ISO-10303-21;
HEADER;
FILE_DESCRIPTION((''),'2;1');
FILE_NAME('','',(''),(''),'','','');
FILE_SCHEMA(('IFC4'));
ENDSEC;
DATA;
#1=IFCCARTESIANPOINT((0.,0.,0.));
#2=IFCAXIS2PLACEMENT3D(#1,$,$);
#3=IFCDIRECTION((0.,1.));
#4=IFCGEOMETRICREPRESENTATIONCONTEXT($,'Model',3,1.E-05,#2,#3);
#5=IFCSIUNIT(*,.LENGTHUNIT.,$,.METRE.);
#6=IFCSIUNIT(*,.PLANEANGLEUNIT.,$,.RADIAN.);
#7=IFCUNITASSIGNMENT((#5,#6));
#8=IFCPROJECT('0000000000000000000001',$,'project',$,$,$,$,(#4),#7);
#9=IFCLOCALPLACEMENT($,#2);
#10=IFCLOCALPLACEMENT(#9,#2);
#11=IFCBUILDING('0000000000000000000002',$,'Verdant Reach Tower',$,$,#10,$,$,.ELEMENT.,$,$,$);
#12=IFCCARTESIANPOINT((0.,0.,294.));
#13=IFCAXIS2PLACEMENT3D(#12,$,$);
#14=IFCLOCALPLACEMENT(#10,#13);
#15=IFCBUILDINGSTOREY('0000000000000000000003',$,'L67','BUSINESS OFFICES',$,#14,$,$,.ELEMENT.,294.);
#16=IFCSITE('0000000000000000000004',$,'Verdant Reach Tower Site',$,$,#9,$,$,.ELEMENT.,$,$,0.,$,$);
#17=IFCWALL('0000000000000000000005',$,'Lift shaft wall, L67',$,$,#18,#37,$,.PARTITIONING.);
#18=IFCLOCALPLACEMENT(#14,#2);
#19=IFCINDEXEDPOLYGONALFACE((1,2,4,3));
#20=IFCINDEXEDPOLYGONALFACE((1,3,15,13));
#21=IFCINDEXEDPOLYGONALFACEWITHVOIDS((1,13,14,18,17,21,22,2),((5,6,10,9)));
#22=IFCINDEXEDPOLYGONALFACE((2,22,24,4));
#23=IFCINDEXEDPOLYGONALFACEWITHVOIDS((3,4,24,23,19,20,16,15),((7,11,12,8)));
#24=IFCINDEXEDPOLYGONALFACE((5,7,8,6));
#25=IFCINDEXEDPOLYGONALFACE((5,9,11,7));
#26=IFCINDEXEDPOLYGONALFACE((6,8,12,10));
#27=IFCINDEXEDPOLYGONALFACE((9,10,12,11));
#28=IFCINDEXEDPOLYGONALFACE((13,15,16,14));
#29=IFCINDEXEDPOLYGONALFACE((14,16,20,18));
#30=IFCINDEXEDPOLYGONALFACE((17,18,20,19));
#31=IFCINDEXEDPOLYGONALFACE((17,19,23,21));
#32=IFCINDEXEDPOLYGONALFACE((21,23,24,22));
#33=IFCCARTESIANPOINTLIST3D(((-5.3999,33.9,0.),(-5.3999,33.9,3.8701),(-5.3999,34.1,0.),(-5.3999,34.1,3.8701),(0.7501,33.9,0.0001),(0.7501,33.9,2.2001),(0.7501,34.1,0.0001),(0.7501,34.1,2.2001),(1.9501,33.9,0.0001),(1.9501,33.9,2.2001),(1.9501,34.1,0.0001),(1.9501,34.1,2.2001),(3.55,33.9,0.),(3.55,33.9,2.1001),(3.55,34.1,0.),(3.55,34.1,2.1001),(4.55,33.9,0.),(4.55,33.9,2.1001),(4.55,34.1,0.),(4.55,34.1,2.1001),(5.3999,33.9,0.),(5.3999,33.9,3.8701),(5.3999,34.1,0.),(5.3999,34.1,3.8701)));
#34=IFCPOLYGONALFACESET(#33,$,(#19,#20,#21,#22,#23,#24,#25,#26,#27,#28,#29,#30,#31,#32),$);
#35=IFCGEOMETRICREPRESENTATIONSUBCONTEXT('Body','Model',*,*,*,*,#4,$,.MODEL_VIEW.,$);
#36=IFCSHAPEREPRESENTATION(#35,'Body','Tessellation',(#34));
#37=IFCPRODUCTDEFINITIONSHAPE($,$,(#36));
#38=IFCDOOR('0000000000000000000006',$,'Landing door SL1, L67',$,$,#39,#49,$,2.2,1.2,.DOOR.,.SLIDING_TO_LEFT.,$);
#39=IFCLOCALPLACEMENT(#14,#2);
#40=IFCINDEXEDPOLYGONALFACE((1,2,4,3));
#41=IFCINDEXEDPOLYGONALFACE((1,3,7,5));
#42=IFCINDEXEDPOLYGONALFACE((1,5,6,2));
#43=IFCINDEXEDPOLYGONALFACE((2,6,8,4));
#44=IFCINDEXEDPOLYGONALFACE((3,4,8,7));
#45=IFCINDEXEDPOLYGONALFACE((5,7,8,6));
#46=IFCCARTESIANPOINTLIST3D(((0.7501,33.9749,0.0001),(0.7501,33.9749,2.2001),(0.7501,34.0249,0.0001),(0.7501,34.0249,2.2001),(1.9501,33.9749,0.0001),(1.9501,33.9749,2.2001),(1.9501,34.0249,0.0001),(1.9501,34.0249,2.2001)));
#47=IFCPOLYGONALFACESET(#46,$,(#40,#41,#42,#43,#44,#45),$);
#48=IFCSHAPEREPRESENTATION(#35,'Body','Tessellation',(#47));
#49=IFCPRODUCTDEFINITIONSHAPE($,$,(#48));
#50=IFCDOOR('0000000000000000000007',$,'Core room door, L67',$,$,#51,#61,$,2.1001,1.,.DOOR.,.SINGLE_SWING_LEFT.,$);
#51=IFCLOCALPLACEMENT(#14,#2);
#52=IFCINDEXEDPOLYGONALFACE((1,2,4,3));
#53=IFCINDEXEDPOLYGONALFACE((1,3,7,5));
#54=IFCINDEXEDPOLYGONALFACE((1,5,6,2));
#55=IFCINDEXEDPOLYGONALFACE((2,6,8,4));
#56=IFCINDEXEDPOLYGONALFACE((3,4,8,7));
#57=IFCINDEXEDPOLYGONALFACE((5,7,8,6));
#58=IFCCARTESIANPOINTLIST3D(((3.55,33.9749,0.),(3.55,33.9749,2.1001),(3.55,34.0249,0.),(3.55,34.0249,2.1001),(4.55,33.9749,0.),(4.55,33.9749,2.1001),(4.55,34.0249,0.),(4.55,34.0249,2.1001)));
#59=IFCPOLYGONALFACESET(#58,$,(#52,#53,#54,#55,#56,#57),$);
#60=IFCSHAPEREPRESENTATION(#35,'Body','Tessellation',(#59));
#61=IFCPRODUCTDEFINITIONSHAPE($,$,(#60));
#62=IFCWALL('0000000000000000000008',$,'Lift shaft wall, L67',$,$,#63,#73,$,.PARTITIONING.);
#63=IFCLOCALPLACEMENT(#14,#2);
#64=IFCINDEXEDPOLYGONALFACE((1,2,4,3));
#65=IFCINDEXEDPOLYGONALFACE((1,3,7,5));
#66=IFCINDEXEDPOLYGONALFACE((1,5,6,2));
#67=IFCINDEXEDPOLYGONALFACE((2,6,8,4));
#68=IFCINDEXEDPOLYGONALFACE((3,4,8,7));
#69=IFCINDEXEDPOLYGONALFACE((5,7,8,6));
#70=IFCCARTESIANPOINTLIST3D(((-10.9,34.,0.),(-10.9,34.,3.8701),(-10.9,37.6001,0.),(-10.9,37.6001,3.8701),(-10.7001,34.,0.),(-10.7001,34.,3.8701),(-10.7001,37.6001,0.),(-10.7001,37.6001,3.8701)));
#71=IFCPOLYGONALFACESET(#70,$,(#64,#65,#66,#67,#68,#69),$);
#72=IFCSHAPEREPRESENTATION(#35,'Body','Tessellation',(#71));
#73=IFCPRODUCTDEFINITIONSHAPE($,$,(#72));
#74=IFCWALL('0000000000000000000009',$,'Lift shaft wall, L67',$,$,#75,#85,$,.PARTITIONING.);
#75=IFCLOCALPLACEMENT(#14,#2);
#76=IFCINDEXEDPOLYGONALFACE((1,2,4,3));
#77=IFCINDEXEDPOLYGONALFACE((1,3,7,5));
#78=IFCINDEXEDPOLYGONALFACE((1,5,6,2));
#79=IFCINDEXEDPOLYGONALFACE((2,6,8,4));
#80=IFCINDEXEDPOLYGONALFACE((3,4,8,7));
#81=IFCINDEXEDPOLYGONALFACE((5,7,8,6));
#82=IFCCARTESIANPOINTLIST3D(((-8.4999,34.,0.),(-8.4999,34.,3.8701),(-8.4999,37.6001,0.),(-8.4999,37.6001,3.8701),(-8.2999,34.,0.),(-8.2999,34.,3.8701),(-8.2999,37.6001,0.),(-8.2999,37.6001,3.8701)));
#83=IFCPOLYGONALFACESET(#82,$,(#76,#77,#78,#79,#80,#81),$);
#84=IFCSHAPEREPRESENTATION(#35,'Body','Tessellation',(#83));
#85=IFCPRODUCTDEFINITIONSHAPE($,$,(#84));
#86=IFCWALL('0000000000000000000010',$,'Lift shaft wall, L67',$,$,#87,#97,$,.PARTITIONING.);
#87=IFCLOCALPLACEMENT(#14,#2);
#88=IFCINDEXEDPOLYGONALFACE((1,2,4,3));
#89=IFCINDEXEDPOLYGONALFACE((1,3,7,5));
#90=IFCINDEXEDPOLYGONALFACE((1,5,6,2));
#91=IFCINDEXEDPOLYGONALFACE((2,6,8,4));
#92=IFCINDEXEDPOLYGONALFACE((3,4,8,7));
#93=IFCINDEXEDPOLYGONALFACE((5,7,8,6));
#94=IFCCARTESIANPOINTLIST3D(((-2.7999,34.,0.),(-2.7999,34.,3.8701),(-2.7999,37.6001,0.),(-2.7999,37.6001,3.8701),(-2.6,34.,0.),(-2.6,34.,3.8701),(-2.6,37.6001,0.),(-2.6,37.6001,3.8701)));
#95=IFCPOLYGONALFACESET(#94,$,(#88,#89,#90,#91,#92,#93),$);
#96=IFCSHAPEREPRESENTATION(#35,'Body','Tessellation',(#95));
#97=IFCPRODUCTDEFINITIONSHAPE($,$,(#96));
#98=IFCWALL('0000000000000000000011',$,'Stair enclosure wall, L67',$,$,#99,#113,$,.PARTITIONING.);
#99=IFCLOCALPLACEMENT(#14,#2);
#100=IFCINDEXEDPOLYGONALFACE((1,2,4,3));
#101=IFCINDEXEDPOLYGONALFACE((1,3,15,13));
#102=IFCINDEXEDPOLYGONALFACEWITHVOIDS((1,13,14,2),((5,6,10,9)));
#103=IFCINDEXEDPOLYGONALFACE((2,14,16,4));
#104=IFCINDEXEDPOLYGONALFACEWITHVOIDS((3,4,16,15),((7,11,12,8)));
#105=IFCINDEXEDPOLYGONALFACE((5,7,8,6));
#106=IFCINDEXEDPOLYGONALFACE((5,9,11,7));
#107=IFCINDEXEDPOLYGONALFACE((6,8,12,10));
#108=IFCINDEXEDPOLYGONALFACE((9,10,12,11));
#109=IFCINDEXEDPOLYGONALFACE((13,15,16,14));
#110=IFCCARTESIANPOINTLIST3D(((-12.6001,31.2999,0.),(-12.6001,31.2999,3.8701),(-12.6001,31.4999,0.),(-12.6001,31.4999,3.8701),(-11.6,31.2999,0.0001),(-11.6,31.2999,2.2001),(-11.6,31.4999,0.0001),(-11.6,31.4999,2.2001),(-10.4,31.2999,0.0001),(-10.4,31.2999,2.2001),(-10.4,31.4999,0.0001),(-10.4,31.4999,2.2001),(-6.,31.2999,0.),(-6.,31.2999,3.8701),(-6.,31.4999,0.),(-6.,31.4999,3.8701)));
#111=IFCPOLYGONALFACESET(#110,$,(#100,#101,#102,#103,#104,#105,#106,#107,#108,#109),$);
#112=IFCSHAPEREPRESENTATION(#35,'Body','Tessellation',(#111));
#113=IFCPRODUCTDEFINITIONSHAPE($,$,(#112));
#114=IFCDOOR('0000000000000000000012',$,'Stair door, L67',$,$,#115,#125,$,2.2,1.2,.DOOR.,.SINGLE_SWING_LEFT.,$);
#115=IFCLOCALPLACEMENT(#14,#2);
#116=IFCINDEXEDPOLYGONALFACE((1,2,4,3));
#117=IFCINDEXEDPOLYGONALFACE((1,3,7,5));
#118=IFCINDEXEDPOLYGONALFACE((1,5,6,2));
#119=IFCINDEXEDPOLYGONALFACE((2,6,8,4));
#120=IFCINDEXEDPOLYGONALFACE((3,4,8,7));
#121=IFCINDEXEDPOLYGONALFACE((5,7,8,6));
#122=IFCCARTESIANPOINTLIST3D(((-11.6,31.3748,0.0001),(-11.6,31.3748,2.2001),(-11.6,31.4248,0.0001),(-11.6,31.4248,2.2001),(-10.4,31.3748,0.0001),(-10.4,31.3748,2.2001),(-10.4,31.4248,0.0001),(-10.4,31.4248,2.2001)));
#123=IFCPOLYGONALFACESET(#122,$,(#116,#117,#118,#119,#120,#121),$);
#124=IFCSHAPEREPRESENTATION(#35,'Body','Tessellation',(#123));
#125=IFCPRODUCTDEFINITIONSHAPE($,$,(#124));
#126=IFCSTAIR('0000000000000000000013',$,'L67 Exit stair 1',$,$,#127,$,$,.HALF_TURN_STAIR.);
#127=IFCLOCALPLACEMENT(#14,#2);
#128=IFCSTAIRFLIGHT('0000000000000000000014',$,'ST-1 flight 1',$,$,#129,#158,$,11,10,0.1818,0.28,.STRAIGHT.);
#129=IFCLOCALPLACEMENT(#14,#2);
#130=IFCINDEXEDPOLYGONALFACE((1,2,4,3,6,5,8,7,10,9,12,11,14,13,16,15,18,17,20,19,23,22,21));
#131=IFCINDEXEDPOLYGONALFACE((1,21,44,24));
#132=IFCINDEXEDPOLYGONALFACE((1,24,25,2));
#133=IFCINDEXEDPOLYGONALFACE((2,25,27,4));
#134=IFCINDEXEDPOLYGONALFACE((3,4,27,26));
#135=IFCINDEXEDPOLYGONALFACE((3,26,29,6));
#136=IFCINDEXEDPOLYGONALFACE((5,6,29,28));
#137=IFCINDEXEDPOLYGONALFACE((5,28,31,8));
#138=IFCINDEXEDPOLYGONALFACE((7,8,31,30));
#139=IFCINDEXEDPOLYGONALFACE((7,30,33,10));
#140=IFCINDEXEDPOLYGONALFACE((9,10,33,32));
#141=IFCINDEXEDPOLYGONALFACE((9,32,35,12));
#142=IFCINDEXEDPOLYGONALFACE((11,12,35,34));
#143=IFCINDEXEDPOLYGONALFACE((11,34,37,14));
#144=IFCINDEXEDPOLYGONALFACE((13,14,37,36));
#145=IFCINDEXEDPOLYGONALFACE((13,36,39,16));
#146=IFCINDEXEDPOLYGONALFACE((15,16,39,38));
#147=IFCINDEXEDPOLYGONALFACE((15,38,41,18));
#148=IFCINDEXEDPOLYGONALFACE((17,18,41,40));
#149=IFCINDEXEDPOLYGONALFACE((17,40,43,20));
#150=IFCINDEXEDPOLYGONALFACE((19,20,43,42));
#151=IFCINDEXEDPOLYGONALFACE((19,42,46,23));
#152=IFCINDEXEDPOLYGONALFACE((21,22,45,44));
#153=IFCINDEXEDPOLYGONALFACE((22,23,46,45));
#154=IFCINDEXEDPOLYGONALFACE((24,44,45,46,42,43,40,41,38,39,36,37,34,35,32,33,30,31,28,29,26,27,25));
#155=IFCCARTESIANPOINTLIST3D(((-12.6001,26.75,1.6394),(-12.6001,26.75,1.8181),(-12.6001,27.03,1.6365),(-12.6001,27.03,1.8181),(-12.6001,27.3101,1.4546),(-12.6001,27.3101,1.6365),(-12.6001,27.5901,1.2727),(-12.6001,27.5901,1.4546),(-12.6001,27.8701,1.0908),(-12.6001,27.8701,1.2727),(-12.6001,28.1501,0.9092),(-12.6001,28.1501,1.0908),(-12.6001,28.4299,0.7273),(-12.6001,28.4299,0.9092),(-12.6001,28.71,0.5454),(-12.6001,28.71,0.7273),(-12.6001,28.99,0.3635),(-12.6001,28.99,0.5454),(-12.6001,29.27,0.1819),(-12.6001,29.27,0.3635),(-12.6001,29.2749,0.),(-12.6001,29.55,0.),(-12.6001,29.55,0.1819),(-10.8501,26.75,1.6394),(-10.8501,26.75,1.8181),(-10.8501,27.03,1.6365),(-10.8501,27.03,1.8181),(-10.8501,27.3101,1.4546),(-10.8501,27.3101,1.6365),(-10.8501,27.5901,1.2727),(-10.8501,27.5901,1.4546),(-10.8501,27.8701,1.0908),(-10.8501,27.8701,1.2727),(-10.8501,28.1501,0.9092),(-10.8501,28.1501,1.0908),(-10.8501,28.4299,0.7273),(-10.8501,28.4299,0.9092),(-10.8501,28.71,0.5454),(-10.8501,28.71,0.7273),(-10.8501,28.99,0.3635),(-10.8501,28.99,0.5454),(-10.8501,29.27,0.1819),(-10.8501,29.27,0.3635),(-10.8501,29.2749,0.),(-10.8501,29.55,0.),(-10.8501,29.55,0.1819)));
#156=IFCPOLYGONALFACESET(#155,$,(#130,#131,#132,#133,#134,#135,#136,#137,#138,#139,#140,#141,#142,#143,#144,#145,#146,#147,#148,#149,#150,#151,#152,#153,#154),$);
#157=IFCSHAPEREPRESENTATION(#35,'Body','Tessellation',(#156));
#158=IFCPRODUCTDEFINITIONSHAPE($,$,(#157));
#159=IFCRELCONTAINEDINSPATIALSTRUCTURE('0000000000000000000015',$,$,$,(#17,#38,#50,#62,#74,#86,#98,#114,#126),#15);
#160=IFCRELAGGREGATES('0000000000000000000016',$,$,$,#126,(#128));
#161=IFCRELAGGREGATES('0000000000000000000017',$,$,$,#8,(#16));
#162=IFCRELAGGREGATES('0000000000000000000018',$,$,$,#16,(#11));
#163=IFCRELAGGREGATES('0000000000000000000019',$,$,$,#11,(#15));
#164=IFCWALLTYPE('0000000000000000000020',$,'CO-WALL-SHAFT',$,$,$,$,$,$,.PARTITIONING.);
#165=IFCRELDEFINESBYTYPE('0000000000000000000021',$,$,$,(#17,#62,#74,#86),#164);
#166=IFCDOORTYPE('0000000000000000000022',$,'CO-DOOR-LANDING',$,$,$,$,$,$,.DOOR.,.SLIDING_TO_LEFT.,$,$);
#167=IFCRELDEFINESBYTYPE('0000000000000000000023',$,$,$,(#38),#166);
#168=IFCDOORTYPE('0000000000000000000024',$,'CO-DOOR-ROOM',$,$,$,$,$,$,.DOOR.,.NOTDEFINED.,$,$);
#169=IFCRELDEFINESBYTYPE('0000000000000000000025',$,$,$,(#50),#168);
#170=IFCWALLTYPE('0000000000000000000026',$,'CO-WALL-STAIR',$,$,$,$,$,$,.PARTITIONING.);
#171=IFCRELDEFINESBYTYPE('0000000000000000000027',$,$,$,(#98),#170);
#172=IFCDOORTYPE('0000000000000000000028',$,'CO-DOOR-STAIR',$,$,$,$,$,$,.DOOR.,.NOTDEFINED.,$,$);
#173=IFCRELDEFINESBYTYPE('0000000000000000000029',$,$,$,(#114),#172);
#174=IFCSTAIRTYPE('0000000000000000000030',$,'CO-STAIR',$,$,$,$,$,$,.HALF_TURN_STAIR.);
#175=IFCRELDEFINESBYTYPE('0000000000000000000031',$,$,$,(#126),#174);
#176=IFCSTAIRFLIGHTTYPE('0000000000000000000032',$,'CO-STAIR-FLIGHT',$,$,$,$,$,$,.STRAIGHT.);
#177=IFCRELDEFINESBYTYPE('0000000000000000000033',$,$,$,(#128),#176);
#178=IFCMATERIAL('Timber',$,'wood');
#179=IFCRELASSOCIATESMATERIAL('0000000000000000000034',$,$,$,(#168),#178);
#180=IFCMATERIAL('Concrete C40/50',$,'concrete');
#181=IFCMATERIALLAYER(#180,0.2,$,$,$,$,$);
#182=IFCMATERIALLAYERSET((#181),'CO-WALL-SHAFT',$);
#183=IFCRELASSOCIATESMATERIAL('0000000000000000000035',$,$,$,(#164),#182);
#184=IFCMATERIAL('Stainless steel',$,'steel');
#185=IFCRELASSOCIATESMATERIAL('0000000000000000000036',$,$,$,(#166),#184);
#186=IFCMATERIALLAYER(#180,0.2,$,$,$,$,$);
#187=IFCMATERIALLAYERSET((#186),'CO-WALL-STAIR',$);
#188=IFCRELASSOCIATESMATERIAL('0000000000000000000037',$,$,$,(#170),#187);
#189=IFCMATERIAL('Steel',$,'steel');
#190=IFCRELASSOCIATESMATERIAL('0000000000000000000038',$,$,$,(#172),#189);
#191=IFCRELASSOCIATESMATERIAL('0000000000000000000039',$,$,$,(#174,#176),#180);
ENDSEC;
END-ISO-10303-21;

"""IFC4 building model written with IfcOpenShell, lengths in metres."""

from ifc_helpers import new_model, si_unit, direction, frame, frame_2d, origin, place, context, subcontext, project, spatial, polyline, rectangle, outline, extrude, material, layer, layer_set, type_object, element, fill, aggregate, save


model = new_model("IFC4")

# Units and contexts
model_context = context("Model", 3, precision=1e-05, world=origin(), true_north=direction((0.0, 1.0)))
body_context = subcontext(model_context, "Body", "Model", "MODEL_VIEW")
ifc_project = project(units=[si_unit("LENGTHUNIT", "METRE"), si_unit("PLANEANGLEUNIT", "RADIAN")], contexts=[model_context])

# Site, building, storey
site_placement = place(None, origin())
site = spatial("IfcSite", under=ifc_project, at=site_placement, Name="Verdant Reach Tower Site", CompositionType="ELEMENT", RefElevation=0.0)
building_placement = place(site_placement, origin())
building = spatial("IfcBuilding", under=site, at=building_placement, Name="Verdant Reach Tower", CompositionType="ELEMENT")
storey_placement = place(building_placement, frame((0.0, 0.0, 294.0)))
storey = spatial("IfcBuildingStorey", under=building, at=storey_placement, Name="L67", Description="BUSINESS OFFICES", CompositionType="ELEMENT", Elevation=294.0)

# Wall, openings, doors
ifc_material_1 = material(Name="Timber", Category="wood")
door_type_1 = type_object("IfcDoorType", Name="CO-DOOR-ROOM", OperationType="NOTDEFINED", PredefinedType="DOOR", material=ifc_material_1)
ifc_material_2 = material(Name="Concrete C40/50", Category="concrete")
ifc_layer_1 = layer(ifc_material_2, 0.2)
ifc_layer_set_1 = layer_set([ifc_layer_1], Name="CO-WALL-SHAFT")
wall_type_1 = type_object("IfcWallType", Name="CO-WALL-SHAFT", PredefinedType="PARTITIONING", material=ifc_layer_set_1)
ifc_material_3 = material(Name="Stainless steel", Category="steel")
ifc_material_4 = material(Name="Steel", Category="steel")
wall_1_placement = place(storey_placement, frame((-5.3999, 34.0, 0.0), z_axis=(0.0, 0.0, 1.0), x_axis=(1.0, 0.0, 0.0)))
wall_1 = element("IfcWall", 1, at=wall_1_placement, inside=storey, type_object=wall_type_1, Name="Lift shaft wall, L67", PredefinedType="PARTITIONING", context=body_context, shape_type="SweptSolid", body=[
    extrude(rectangle(XDim=10.7998, YDim=0.2, at=frame_2d((5.3999, 0.0))), origin(), (0.0, 0.0, 1.0), 3.8701),
])
opening_1_placement = place(wall_1_placement, frame((6.1499, 0.0, 0.0)))
opening_1 = element("IfcOpeningElement", 2, at=opening_1_placement, cuts=wall_1, PredefinedType="OPENING", context=body_context, shape_type="SweptSolid", body=[
    extrude(rectangle(XDim=1.2, YDim=2.2, at=frame_2d((0.6001, 1.1001))), frame((0.0, 0.1099, 0.0), z_axis=(0.0, -1.0, 0.0), x_axis=(1.0, 0.0, 0.0)), (0.0, 0.0, 1.0), 0.22),
])
opening_2_placement = place(wall_1_placement, frame((8.95, 0.0, 0.0)))
opening_2 = element("IfcOpeningElement", 3, at=opening_2_placement, cuts=wall_1, PredefinedType="OPENING", context=body_context, shape_type="SweptSolid", body=[
    extrude(rectangle(XDim=1.0, YDim=2.1001, at=frame_2d((0.5, 1.05))), frame((0.0, 0.1099, 0.0), z_axis=(0.0, -1.0, 0.0), x_axis=(1.0, 0.0, 0.0)), (0.0, 0.0, 1.0), 0.22),
])
door_type_2 = type_object("IfcDoorType", Name="CO-DOOR-LANDING", OperationType="SLIDING_TO_LEFT", PredefinedType="DOOR", material=ifc_material_3)
door_1_placement = place(opening_1_placement, origin())
door_1 = element("IfcDoor", 4, at=door_1_placement, inside=storey, type_object=door_type_2, Name="Landing door SL1, L67", OperationType="SLIDING_TO_LEFT", OverallHeight=2.2, OverallWidth=1.2, PredefinedType="DOOR", context=body_context, shape_type="SweptSolid", body=[
    extrude(rectangle(XDim=1.2, YDim=2.2, at=frame_2d((0.6001, 1.1001))), frame((0.0, 0.0249, 0.0), z_axis=(0.0, -1.0, 0.0), x_axis=(1.0, 0.0, 0.0)), (0.0, 0.0, 1.0), 0.05),
])
fill(opening_1, door_1)
door_2_placement = place(opening_2_placement, origin())
door_2 = element("IfcDoor", 5, at=door_2_placement, inside=storey, type_object=door_type_1, Name="Core room door, L67", OperationType="SINGLE_SWING_LEFT", OverallHeight=2.1001, OverallWidth=1.0, PredefinedType="DOOR", context=body_context, shape_type="SweptSolid", body=[
    extrude(rectangle(XDim=1.0, YDim=2.1001, at=frame_2d((0.5, 1.05))), frame((0.0, 0.0249, 0.0), z_axis=(0.0, -1.0, 0.0), x_axis=(1.0, 0.0, 0.0)), (0.0, 0.0, 1.0), 0.05),
])
fill(opening_2, door_2)

# Walls
for number, where, z_axis, x_axis, name in (
    (6, (-10.8, 34.0, 0.0), (0.0, 0.0, 1.0), (0.0, 1.0, 0.0), "Lift shaft wall, L67"),
    (7, (-8.3999, 34.0, 0.0), (0.0, 0.0, 1.0), (0.0, 1.0, 0.0), "Lift shaft wall, L67"),
    (8, (-2.7, 34.0, 0.0), (0.0, 0.0, 1.0), (0.0, 1.0, 0.0), "Lift shaft wall, L67"),
):
    element("IfcWall", number, at=place(storey_placement, frame(where, z_axis=z_axis, x_axis=x_axis)), inside=storey, type_object=wall_type_1, Name=name, PredefinedType="PARTITIONING", context=body_context, shape_type="SweptSolid", body=[
        extrude(rectangle(XDim=3.6001, YDim=0.2, at=frame_2d((1.8, 0.0))), origin(), (0.0, 0.0, 1.0), 3.8701),
    ])

# Wall, opening, door
ifc_layer_2 = layer(ifc_material_2, 0.2)
ifc_layer_set_2 = layer_set([ifc_layer_2], Name="CO-WALL-STAIR")
wall_type_2 = type_object("IfcWallType", Name="CO-WALL-STAIR", PredefinedType="PARTITIONING", material=ifc_layer_set_2)
wall_2_placement = place(storey_placement, frame((-12.6001, 31.3999, 0.0), z_axis=(0.0, 0.0, 1.0), x_axis=(1.0, 0.0, 0.0)))
wall_2 = element("IfcWall", 9, at=wall_2_placement, inside=storey, type_object=wall_type_2, Name="Stair enclosure wall, L67", PredefinedType="PARTITIONING", context=body_context, shape_type="SweptSolid", body=[
    extrude(rectangle(XDim=6.6001, YDim=0.2, at=frame_2d((3.3, 0.0))), origin(), (0.0, 0.0, 1.0), 3.8701),
])
opening_3_placement = place(wall_2_placement, frame((1.0, 0.0, 0.0)))
opening_3 = element("IfcOpeningElement", 10, at=opening_3_placement, cuts=wall_2, PredefinedType="OPENING", context=body_context, shape_type="SweptSolid", body=[
    extrude(rectangle(XDim=1.2, YDim=2.2, at=frame_2d((0.6001, 1.1001))), frame((0.0, 0.1099, 0.0), z_axis=(0.0, -1.0, 0.0), x_axis=(1.0, 0.0, 0.0)), (0.0, 0.0, 1.0), 0.22),
])
door_type_3 = type_object("IfcDoorType", Name="CO-DOOR-STAIR", OperationType="NOTDEFINED", PredefinedType="DOOR", material=ifc_material_4)
door_3_placement = place(opening_3_placement, origin())
door_3 = element("IfcDoor", 11, at=door_3_placement, inside=storey, type_object=door_type_3, Name="Stair door, L67", OperationType="SINGLE_SWING_LEFT", OverallHeight=2.2, OverallWidth=1.2, PredefinedType="DOOR", context=body_context, shape_type="SweptSolid", body=[
    extrude(rectangle(XDim=1.2, YDim=2.2, at=frame_2d((0.6001, 1.1001))), frame((0.0, 0.0249, 0.0), z_axis=(0.0, -1.0, 0.0), x_axis=(1.0, 0.0, 0.0)), (0.0, 0.0, 1.0), 0.05),
])
fill(opening_3, door_3)

# Stair, stair flight
stair_type = type_object("IfcStairType", Name="CO-STAIR", PredefinedType="HALF_TURN_STAIR", material=ifc_material_2)
stair_placement = place(storey_placement, origin())
stair = element("IfcStair", 12, at=stair_placement, inside=storey, type_object=stair_type, Name="L67 Exit stair 1", PredefinedType="HALF_TURN_STAIR")
stair_flight_type = type_object("IfcStairFlightType", Name="CO-STAIR-FLIGHT", PredefinedType="STRAIGHT", material=ifc_material_2)
stair_flight_placement = place(storey_placement, frame((-11.7251, 29.55, 0.0), z_axis=(0.0, 0.0, 1.0), x_axis=(0.0, -1.0, 0.0)))
stair_flight = element("IfcStairFlight", 13, at=stair_flight_placement, type_object=stair_flight_type, Name="ST-1 flight 1", NumberOfRisers=11, NumberOfTreads=10, PredefinedType="STRAIGHT", RiserHeight=0.1818, TreadLength=0.28, context=body_context, shape_type="SweptSolid", body=[
    extrude(outline(polyline([(0.0, 0.0), (0.0, 0.1819), (0.28, 0.1819), (0.28, 0.3635), (0.5601, 0.3635), (0.5601, 0.5454), (0.8401, 0.5454), (0.8401, 0.7273), (1.1201, 0.7273), (1.1201, 0.9092), (1.3999, 0.9092), (1.3999, 1.0908), (1.6799, 1.0908), (1.6799, 1.2727), (1.96, 1.2727), (1.96, 1.4546), (2.24, 1.4546), (2.24, 1.6365), (2.52, 1.6365), (2.52, 1.8181), (2.8, 1.8181), (2.8, 2.0), (2.8, 1.6394), (0.2751, 0.0), (0.0, 0.0)])), frame((0.0, 0.875, 0.0), z_axis=(0.0, -1.0, 0.0), x_axis=(1.0, 0.0, 0.0)), (0.0, 0.0, 1.0), 1.75),
])
aggregate(stair, [stair_flight])

save(model, "model.ifc")
